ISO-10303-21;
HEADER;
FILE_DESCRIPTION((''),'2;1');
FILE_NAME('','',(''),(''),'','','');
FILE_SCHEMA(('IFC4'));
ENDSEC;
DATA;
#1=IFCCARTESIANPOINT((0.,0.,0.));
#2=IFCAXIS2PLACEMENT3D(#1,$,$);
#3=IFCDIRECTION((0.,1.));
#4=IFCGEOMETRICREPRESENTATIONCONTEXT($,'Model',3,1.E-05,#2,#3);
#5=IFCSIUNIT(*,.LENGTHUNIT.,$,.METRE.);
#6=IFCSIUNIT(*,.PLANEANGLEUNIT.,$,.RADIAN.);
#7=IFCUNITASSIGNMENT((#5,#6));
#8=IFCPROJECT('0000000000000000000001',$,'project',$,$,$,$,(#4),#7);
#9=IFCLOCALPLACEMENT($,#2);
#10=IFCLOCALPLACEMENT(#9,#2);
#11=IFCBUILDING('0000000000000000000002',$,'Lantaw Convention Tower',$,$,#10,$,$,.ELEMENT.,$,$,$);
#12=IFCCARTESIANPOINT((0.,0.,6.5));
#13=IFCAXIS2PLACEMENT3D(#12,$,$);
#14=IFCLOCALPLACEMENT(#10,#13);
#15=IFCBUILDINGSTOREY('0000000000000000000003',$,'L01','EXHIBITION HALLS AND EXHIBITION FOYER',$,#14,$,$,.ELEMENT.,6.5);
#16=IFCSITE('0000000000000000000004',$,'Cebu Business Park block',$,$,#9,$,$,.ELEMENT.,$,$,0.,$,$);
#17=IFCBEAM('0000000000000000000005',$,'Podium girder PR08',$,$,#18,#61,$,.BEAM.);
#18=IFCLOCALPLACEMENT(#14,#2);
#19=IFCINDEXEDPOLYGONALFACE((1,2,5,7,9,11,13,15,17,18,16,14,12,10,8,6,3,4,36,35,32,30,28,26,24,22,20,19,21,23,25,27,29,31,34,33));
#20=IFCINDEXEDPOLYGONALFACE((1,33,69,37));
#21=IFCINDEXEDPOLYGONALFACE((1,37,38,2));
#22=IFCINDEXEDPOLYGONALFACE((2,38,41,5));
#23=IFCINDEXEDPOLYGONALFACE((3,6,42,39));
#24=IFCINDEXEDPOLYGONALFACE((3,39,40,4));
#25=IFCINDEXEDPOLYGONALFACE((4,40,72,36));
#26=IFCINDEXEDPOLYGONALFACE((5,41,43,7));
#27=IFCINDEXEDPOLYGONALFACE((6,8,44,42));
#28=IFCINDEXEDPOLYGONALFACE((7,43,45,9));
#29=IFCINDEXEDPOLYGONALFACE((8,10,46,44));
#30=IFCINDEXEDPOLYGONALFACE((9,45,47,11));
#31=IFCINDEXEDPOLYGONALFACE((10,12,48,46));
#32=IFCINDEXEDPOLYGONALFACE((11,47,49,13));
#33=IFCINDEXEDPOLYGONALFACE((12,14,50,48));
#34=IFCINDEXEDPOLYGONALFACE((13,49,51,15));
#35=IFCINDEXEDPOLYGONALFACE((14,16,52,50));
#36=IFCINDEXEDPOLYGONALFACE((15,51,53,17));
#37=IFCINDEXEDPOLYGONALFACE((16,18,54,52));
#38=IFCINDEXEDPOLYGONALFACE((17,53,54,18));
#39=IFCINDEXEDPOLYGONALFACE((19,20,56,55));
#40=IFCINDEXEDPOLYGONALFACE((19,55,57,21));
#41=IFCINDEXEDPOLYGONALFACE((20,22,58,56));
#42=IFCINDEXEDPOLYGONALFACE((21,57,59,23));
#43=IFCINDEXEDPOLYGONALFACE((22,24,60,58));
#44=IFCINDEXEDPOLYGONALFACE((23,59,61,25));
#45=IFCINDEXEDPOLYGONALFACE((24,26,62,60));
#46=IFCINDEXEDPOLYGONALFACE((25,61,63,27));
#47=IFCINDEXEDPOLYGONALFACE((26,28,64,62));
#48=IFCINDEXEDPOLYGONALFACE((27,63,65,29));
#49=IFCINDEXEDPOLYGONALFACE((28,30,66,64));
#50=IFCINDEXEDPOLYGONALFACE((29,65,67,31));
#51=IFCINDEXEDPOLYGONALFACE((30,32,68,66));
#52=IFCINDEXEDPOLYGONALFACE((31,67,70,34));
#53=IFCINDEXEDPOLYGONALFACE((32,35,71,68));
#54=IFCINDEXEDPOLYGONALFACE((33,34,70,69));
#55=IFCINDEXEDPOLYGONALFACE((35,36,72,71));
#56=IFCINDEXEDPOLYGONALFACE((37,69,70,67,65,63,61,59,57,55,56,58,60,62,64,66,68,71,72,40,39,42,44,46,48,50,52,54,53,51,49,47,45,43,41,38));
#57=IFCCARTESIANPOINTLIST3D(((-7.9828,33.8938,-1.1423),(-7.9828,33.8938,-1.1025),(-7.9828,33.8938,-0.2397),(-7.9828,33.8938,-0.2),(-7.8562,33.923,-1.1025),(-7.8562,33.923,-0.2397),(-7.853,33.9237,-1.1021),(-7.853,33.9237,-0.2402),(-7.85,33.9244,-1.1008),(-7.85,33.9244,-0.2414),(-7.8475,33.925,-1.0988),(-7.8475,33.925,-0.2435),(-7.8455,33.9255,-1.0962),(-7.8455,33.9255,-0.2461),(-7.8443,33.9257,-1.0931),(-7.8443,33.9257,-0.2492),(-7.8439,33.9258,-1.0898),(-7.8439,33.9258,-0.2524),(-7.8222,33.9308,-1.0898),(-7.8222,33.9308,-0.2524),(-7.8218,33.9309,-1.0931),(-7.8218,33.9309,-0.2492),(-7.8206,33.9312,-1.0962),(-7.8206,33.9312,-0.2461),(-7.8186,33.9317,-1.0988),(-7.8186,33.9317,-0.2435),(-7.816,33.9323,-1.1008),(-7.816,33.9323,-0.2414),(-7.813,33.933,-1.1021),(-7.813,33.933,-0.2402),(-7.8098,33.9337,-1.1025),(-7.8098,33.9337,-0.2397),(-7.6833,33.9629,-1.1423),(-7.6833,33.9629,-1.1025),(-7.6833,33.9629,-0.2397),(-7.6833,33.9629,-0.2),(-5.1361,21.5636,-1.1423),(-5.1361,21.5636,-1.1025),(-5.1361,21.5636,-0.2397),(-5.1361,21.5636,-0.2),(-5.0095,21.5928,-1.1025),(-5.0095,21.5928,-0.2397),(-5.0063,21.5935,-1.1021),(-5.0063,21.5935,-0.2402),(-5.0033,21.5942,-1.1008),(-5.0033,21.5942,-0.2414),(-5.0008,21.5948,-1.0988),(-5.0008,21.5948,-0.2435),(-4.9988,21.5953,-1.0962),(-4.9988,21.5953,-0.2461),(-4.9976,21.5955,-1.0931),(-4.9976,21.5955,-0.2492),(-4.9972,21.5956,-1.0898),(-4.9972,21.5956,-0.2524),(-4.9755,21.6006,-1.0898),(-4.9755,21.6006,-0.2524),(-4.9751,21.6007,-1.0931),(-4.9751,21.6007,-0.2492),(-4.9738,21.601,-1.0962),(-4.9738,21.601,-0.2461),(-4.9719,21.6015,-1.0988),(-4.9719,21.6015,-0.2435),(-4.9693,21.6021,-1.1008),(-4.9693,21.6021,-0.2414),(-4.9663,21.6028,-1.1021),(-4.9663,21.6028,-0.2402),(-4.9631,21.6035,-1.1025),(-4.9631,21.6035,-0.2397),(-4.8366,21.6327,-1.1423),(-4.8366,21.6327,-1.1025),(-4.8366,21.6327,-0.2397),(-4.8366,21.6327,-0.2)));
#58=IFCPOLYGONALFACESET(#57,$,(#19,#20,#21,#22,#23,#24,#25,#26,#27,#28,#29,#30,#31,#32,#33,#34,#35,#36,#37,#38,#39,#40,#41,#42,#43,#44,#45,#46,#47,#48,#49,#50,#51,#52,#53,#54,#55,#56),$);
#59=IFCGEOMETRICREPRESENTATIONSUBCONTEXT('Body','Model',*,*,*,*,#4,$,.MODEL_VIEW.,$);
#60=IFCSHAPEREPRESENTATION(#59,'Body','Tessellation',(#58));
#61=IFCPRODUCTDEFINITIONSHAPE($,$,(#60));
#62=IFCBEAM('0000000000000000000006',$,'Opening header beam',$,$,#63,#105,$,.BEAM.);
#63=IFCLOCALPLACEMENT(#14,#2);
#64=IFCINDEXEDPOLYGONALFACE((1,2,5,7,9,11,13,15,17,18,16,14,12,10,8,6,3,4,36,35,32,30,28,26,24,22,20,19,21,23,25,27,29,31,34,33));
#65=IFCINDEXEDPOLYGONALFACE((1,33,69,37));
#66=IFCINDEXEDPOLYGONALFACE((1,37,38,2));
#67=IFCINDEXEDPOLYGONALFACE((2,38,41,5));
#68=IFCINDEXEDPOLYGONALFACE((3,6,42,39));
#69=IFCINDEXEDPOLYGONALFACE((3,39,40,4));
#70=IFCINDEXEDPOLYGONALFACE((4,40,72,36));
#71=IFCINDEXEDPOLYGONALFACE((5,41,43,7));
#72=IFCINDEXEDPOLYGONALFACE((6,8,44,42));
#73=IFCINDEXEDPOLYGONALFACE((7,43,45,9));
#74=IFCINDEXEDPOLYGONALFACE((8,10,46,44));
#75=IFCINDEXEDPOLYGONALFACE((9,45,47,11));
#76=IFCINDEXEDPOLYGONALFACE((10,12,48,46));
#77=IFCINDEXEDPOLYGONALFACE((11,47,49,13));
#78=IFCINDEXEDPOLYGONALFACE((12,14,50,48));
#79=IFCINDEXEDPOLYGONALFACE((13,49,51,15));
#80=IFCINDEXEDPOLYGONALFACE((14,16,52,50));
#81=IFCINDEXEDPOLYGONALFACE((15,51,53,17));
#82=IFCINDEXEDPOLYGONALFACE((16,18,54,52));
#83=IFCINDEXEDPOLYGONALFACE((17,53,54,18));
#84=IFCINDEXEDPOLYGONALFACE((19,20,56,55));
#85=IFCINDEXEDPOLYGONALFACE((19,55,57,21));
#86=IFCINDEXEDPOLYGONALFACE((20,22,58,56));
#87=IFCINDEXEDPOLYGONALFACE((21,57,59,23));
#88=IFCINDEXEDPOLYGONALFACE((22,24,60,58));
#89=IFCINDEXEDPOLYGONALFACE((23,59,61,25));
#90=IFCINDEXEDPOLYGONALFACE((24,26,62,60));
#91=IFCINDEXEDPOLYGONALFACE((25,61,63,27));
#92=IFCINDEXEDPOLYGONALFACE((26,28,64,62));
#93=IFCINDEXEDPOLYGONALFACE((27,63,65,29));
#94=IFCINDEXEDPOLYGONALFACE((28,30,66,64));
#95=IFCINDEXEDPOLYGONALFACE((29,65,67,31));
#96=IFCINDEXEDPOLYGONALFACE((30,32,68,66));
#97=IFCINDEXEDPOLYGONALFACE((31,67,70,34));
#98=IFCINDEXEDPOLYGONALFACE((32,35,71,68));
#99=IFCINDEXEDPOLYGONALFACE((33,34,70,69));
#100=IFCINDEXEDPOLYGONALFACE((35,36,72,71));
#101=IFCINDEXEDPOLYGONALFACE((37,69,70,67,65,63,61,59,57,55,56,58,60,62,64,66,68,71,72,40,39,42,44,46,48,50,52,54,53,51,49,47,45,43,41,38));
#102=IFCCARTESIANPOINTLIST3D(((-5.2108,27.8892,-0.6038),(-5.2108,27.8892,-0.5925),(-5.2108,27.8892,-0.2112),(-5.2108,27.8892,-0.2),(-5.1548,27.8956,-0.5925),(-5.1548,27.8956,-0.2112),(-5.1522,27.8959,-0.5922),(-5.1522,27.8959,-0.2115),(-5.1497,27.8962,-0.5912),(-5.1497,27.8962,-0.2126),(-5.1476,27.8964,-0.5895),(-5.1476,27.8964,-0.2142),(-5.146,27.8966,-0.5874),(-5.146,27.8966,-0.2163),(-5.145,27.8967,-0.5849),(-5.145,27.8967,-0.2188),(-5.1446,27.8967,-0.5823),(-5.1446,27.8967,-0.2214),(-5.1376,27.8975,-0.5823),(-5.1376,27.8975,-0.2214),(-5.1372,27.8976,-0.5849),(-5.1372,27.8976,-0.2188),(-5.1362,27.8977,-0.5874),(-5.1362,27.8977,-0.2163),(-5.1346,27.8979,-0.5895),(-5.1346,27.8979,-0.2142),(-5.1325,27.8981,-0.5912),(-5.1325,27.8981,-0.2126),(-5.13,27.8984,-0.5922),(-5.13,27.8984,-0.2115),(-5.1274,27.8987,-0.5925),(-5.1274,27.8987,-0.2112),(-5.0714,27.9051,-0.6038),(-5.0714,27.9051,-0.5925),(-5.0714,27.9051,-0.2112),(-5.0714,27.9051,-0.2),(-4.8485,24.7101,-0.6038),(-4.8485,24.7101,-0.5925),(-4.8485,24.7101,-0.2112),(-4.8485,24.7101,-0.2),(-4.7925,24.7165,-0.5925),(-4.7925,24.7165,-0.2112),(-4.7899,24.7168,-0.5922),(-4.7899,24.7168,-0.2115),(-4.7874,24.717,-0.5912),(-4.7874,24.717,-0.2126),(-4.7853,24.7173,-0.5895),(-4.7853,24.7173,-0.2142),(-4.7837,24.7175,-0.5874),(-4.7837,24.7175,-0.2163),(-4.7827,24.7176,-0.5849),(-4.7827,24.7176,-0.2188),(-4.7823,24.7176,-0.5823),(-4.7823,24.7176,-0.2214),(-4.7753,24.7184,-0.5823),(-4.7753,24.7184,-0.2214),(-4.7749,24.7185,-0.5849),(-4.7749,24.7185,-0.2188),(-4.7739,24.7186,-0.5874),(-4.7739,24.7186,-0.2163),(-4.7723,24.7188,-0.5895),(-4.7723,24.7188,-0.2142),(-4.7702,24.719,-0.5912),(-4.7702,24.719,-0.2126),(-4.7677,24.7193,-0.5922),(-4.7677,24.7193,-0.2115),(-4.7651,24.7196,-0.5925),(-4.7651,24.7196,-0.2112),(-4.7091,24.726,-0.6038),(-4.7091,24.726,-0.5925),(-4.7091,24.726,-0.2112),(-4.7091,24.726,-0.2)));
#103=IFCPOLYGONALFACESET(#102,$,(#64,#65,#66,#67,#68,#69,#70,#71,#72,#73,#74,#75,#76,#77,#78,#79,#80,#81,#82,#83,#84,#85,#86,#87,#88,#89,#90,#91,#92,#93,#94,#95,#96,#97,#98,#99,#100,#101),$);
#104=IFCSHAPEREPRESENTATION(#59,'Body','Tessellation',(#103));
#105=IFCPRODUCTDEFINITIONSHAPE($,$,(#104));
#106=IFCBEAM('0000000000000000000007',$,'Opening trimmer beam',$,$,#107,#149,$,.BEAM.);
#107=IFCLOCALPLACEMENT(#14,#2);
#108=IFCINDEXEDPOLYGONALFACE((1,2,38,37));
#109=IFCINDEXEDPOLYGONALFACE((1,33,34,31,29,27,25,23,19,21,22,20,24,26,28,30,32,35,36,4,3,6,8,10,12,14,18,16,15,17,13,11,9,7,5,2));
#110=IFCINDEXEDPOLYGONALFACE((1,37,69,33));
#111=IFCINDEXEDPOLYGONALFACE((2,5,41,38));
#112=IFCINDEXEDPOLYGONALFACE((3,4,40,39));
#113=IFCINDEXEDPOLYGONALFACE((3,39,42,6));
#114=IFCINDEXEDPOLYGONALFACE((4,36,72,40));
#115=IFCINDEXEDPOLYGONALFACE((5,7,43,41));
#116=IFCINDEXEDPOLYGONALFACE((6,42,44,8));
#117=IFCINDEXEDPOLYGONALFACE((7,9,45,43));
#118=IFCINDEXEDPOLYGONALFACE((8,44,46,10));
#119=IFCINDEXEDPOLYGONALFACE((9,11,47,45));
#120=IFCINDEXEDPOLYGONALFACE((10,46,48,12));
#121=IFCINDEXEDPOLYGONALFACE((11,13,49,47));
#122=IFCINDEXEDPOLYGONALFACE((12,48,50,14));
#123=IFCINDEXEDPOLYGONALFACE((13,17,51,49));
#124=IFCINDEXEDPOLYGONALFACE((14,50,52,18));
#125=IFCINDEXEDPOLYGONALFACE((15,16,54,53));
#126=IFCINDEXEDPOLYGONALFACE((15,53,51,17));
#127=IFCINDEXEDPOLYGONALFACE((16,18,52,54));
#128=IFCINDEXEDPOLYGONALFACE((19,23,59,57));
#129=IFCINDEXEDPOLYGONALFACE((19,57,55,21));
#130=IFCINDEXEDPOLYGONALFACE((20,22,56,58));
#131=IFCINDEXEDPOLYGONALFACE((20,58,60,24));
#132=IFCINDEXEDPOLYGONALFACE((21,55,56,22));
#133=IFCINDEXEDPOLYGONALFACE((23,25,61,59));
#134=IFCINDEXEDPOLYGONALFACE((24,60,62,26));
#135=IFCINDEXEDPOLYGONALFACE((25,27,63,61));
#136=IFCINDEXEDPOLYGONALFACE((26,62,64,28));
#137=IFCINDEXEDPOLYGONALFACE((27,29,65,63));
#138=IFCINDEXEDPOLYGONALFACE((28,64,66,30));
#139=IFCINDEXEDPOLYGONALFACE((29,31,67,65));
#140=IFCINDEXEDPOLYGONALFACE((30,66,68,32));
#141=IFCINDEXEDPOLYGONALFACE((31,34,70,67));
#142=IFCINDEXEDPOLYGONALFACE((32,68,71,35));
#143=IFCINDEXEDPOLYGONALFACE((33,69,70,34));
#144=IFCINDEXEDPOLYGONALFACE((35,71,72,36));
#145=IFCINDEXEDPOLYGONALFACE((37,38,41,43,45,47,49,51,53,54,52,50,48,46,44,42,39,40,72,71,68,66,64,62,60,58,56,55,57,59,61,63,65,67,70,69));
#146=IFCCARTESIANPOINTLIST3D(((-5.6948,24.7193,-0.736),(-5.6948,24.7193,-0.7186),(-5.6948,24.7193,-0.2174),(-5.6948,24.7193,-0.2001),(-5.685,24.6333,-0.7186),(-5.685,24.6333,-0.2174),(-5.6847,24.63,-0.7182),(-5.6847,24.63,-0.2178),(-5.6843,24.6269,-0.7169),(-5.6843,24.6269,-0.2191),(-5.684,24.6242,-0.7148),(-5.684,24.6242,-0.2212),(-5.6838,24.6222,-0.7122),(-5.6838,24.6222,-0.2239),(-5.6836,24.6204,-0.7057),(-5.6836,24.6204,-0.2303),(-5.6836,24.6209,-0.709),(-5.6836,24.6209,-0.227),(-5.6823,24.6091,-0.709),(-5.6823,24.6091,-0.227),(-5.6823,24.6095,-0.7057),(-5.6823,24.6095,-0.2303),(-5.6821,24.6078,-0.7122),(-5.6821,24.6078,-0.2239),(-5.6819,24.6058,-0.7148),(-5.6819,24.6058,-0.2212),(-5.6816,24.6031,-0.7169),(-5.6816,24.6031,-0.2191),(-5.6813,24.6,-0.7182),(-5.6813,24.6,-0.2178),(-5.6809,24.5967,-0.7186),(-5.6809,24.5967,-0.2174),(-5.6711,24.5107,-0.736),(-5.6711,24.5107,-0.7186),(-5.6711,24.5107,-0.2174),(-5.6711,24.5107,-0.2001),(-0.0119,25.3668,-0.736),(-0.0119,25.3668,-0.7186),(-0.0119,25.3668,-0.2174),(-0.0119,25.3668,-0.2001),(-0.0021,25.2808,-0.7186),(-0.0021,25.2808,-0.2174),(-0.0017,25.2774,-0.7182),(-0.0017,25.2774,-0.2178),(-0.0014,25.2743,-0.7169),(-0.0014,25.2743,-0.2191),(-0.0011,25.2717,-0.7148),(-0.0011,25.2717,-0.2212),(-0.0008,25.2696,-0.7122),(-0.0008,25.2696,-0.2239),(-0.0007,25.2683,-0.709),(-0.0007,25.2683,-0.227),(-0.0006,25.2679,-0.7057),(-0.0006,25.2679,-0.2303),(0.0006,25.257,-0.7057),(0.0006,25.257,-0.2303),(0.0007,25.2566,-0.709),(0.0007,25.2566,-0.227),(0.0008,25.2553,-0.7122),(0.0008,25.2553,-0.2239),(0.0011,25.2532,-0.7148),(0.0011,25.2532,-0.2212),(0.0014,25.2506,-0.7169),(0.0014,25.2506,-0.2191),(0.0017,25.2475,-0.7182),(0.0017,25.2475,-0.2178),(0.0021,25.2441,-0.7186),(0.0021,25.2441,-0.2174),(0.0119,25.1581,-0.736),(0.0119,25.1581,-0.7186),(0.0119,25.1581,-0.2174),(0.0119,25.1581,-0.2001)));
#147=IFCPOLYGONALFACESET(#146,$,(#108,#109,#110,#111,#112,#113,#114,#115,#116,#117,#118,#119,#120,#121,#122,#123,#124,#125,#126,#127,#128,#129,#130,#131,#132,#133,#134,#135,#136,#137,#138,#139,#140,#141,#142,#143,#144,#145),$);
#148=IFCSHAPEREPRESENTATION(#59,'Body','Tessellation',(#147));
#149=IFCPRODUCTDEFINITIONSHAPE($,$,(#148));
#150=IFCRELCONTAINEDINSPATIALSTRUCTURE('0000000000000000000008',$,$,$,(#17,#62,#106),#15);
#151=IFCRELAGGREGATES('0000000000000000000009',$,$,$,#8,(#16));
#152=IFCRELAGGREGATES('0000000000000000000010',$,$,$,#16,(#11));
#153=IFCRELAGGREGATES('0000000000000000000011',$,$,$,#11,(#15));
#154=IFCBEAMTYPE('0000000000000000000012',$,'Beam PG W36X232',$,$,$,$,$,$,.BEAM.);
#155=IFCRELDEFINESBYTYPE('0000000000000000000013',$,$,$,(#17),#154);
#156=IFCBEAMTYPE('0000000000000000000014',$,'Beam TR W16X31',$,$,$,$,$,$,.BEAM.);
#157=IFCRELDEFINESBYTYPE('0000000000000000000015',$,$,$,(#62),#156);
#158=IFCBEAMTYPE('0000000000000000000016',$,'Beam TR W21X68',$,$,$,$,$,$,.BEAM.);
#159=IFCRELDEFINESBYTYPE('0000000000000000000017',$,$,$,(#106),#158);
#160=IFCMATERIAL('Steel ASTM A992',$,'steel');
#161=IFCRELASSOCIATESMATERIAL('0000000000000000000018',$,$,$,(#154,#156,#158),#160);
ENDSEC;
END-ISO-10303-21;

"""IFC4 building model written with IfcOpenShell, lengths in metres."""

from ifc_helpers import new_model, si_unit, direction, frame, origin, origin_2d, place, context, subcontext, project, spatial, i_section, extrude, material, material_profile, profile_set, type_object, element, save


model = new_model("IFC4")

# Units and contexts
model_context = context("Model", 3, precision=1e-05, world=origin(), true_north=direction((0.0, 1.0)))
body_context = subcontext(model_context, "Body", "Model", "MODEL_VIEW")
ifc_project = project(units=[si_unit("LENGTHUNIT", "METRE"), si_unit("PLANEANGLEUNIT", "RADIAN")], contexts=[model_context])

# Site, building, storey
site_placement = place(None, origin())
site = spatial("IfcSite", under=ifc_project, at=site_placement, Name="Cebu Business Park block", CompositionType="ELEMENT", RefElevation=0.0)
building_placement = place(site_placement, origin())
building = spatial("IfcBuilding", under=site, at=building_placement, Name="Lantaw Convention Tower", CompositionType="ELEMENT")
storey_placement = place(building_placement, frame((0.0, 0.0, 6.5)))
storey = spatial("IfcBuildingStorey", under=building, at=storey_placement, Name="L01", Description="EXHIBITION HALLS AND EXHIBITION FOYER", CompositionType="ELEMENT", Elevation=6.5)

# Beams
ifc_material_1 = material(Name="Steel ASTM A992", Category="steel")
ifc_material_profile_1 = material_profile(ifc_material_1, i_section(OverallWidth=0.3074, OverallDepth=0.9424, WebThickness=0.0222, FlangeThickness=0.0398, FilletRadius=0.0127, at=origin_2d()), Name="W36X232")
ifc_profile_set_1 = profile_set([ifc_material_profile_1], Name="Steel ASTM A992")
beam_type_1 = type_object("IfcBeamType", Name="Beam PG W36X232", PredefinedType="BEAM", material=ifc_profile_set_1)
beam_1_placement = place(storey_placement, frame((-4.9863, 21.5981, -0.6711), z_axis=(-0.224955, 0.974369, 0.0), x_axis=(-0.974369, -0.224955, 0.0)))
element("IfcBeam", 1, at=beam_1_placement, inside=storey, type_object=beam_type_1, Name="Podium girder PR08", PredefinedType="BEAM", context=body_context, shape_type="SweptSolid", body=[
    extrude(i_section(OverallWidth=0.3074, OverallDepth=0.9424, WebThickness=0.0222, FlangeThickness=0.0398, FilletRadius=0.0127, at=origin_2d()), origin(), (0.0, 0.0, 1.0), 12.6545),
])
ifc_material_profile_2 = material_profile(ifc_material_1, i_section(OverallWidth=0.1404, OverallDepth=0.4038, WebThickness=0.0071, FlangeThickness=0.0112, FilletRadius=0.0103, at=origin_2d()), Name="W16X31")
ifc_profile_set_2 = profile_set([ifc_material_profile_2], Name="Steel ASTM A992")
beam_type_2 = type_object("IfcBeamType", Name="Beam TR W16X31", PredefinedType="BEAM", material=ifc_profile_set_2)
beam_2_placement = place(storey_placement, frame((-4.7788, 24.718, -0.4019), z_axis=(-0.113228, 0.993569, 0.0), x_axis=(-0.993569, -0.113228, 0.0)))
element("IfcBeam", 2, at=beam_2_placement, inside=storey, type_object=beam_type_2, Name="Opening header beam", PredefinedType="BEAM", context=body_context, shape_type="SweptSolid", body=[
    extrude(i_section(OverallWidth=0.1404, OverallDepth=0.4038, WebThickness=0.0071, FlangeThickness=0.0112, FilletRadius=0.0103, at=origin_2d()), origin(), (0.0, 0.0, 1.0), 3.1997),
])
ifc_material_profile_3 = material_profile(ifc_material_1, i_section(OverallWidth=0.21, OverallDepth=0.5359, WebThickness=0.011, FlangeThickness=0.0173, FilletRadius=0.0129, at=origin_2d()), Name="W21X68")
ifc_profile_set_3 = profile_set([ifc_material_profile_3], Name="Steel ASTM A992")
beam_type_3 = type_object("IfcBeamType", Name="Beam TR W21X68", PredefinedType="BEAM", material=ifc_profile_set_3)
beam_3_placement = place(storey_placement, frame((0.0, 25.2625, -0.468), z_axis=(-0.993572, -0.1132, 0.0), x_axis=(0.1132, -0.993572, 0.0)))
element("IfcBeam", 3, at=beam_3_placement, inside=storey, type_object=beam_type_3, Name="Opening trimmer beam", PredefinedType="BEAM", context=body_context, shape_type="SweptSolid", body=[
    extrude(i_section(OverallWidth=0.21, OverallDepth=0.5359, WebThickness=0.011, FlangeThickness=0.0173, FilletRadius=0.0129, at=origin_2d()), origin(), (0.0, 0.0, 1.0), 5.7197),
])

save(model, "model.ifc")
